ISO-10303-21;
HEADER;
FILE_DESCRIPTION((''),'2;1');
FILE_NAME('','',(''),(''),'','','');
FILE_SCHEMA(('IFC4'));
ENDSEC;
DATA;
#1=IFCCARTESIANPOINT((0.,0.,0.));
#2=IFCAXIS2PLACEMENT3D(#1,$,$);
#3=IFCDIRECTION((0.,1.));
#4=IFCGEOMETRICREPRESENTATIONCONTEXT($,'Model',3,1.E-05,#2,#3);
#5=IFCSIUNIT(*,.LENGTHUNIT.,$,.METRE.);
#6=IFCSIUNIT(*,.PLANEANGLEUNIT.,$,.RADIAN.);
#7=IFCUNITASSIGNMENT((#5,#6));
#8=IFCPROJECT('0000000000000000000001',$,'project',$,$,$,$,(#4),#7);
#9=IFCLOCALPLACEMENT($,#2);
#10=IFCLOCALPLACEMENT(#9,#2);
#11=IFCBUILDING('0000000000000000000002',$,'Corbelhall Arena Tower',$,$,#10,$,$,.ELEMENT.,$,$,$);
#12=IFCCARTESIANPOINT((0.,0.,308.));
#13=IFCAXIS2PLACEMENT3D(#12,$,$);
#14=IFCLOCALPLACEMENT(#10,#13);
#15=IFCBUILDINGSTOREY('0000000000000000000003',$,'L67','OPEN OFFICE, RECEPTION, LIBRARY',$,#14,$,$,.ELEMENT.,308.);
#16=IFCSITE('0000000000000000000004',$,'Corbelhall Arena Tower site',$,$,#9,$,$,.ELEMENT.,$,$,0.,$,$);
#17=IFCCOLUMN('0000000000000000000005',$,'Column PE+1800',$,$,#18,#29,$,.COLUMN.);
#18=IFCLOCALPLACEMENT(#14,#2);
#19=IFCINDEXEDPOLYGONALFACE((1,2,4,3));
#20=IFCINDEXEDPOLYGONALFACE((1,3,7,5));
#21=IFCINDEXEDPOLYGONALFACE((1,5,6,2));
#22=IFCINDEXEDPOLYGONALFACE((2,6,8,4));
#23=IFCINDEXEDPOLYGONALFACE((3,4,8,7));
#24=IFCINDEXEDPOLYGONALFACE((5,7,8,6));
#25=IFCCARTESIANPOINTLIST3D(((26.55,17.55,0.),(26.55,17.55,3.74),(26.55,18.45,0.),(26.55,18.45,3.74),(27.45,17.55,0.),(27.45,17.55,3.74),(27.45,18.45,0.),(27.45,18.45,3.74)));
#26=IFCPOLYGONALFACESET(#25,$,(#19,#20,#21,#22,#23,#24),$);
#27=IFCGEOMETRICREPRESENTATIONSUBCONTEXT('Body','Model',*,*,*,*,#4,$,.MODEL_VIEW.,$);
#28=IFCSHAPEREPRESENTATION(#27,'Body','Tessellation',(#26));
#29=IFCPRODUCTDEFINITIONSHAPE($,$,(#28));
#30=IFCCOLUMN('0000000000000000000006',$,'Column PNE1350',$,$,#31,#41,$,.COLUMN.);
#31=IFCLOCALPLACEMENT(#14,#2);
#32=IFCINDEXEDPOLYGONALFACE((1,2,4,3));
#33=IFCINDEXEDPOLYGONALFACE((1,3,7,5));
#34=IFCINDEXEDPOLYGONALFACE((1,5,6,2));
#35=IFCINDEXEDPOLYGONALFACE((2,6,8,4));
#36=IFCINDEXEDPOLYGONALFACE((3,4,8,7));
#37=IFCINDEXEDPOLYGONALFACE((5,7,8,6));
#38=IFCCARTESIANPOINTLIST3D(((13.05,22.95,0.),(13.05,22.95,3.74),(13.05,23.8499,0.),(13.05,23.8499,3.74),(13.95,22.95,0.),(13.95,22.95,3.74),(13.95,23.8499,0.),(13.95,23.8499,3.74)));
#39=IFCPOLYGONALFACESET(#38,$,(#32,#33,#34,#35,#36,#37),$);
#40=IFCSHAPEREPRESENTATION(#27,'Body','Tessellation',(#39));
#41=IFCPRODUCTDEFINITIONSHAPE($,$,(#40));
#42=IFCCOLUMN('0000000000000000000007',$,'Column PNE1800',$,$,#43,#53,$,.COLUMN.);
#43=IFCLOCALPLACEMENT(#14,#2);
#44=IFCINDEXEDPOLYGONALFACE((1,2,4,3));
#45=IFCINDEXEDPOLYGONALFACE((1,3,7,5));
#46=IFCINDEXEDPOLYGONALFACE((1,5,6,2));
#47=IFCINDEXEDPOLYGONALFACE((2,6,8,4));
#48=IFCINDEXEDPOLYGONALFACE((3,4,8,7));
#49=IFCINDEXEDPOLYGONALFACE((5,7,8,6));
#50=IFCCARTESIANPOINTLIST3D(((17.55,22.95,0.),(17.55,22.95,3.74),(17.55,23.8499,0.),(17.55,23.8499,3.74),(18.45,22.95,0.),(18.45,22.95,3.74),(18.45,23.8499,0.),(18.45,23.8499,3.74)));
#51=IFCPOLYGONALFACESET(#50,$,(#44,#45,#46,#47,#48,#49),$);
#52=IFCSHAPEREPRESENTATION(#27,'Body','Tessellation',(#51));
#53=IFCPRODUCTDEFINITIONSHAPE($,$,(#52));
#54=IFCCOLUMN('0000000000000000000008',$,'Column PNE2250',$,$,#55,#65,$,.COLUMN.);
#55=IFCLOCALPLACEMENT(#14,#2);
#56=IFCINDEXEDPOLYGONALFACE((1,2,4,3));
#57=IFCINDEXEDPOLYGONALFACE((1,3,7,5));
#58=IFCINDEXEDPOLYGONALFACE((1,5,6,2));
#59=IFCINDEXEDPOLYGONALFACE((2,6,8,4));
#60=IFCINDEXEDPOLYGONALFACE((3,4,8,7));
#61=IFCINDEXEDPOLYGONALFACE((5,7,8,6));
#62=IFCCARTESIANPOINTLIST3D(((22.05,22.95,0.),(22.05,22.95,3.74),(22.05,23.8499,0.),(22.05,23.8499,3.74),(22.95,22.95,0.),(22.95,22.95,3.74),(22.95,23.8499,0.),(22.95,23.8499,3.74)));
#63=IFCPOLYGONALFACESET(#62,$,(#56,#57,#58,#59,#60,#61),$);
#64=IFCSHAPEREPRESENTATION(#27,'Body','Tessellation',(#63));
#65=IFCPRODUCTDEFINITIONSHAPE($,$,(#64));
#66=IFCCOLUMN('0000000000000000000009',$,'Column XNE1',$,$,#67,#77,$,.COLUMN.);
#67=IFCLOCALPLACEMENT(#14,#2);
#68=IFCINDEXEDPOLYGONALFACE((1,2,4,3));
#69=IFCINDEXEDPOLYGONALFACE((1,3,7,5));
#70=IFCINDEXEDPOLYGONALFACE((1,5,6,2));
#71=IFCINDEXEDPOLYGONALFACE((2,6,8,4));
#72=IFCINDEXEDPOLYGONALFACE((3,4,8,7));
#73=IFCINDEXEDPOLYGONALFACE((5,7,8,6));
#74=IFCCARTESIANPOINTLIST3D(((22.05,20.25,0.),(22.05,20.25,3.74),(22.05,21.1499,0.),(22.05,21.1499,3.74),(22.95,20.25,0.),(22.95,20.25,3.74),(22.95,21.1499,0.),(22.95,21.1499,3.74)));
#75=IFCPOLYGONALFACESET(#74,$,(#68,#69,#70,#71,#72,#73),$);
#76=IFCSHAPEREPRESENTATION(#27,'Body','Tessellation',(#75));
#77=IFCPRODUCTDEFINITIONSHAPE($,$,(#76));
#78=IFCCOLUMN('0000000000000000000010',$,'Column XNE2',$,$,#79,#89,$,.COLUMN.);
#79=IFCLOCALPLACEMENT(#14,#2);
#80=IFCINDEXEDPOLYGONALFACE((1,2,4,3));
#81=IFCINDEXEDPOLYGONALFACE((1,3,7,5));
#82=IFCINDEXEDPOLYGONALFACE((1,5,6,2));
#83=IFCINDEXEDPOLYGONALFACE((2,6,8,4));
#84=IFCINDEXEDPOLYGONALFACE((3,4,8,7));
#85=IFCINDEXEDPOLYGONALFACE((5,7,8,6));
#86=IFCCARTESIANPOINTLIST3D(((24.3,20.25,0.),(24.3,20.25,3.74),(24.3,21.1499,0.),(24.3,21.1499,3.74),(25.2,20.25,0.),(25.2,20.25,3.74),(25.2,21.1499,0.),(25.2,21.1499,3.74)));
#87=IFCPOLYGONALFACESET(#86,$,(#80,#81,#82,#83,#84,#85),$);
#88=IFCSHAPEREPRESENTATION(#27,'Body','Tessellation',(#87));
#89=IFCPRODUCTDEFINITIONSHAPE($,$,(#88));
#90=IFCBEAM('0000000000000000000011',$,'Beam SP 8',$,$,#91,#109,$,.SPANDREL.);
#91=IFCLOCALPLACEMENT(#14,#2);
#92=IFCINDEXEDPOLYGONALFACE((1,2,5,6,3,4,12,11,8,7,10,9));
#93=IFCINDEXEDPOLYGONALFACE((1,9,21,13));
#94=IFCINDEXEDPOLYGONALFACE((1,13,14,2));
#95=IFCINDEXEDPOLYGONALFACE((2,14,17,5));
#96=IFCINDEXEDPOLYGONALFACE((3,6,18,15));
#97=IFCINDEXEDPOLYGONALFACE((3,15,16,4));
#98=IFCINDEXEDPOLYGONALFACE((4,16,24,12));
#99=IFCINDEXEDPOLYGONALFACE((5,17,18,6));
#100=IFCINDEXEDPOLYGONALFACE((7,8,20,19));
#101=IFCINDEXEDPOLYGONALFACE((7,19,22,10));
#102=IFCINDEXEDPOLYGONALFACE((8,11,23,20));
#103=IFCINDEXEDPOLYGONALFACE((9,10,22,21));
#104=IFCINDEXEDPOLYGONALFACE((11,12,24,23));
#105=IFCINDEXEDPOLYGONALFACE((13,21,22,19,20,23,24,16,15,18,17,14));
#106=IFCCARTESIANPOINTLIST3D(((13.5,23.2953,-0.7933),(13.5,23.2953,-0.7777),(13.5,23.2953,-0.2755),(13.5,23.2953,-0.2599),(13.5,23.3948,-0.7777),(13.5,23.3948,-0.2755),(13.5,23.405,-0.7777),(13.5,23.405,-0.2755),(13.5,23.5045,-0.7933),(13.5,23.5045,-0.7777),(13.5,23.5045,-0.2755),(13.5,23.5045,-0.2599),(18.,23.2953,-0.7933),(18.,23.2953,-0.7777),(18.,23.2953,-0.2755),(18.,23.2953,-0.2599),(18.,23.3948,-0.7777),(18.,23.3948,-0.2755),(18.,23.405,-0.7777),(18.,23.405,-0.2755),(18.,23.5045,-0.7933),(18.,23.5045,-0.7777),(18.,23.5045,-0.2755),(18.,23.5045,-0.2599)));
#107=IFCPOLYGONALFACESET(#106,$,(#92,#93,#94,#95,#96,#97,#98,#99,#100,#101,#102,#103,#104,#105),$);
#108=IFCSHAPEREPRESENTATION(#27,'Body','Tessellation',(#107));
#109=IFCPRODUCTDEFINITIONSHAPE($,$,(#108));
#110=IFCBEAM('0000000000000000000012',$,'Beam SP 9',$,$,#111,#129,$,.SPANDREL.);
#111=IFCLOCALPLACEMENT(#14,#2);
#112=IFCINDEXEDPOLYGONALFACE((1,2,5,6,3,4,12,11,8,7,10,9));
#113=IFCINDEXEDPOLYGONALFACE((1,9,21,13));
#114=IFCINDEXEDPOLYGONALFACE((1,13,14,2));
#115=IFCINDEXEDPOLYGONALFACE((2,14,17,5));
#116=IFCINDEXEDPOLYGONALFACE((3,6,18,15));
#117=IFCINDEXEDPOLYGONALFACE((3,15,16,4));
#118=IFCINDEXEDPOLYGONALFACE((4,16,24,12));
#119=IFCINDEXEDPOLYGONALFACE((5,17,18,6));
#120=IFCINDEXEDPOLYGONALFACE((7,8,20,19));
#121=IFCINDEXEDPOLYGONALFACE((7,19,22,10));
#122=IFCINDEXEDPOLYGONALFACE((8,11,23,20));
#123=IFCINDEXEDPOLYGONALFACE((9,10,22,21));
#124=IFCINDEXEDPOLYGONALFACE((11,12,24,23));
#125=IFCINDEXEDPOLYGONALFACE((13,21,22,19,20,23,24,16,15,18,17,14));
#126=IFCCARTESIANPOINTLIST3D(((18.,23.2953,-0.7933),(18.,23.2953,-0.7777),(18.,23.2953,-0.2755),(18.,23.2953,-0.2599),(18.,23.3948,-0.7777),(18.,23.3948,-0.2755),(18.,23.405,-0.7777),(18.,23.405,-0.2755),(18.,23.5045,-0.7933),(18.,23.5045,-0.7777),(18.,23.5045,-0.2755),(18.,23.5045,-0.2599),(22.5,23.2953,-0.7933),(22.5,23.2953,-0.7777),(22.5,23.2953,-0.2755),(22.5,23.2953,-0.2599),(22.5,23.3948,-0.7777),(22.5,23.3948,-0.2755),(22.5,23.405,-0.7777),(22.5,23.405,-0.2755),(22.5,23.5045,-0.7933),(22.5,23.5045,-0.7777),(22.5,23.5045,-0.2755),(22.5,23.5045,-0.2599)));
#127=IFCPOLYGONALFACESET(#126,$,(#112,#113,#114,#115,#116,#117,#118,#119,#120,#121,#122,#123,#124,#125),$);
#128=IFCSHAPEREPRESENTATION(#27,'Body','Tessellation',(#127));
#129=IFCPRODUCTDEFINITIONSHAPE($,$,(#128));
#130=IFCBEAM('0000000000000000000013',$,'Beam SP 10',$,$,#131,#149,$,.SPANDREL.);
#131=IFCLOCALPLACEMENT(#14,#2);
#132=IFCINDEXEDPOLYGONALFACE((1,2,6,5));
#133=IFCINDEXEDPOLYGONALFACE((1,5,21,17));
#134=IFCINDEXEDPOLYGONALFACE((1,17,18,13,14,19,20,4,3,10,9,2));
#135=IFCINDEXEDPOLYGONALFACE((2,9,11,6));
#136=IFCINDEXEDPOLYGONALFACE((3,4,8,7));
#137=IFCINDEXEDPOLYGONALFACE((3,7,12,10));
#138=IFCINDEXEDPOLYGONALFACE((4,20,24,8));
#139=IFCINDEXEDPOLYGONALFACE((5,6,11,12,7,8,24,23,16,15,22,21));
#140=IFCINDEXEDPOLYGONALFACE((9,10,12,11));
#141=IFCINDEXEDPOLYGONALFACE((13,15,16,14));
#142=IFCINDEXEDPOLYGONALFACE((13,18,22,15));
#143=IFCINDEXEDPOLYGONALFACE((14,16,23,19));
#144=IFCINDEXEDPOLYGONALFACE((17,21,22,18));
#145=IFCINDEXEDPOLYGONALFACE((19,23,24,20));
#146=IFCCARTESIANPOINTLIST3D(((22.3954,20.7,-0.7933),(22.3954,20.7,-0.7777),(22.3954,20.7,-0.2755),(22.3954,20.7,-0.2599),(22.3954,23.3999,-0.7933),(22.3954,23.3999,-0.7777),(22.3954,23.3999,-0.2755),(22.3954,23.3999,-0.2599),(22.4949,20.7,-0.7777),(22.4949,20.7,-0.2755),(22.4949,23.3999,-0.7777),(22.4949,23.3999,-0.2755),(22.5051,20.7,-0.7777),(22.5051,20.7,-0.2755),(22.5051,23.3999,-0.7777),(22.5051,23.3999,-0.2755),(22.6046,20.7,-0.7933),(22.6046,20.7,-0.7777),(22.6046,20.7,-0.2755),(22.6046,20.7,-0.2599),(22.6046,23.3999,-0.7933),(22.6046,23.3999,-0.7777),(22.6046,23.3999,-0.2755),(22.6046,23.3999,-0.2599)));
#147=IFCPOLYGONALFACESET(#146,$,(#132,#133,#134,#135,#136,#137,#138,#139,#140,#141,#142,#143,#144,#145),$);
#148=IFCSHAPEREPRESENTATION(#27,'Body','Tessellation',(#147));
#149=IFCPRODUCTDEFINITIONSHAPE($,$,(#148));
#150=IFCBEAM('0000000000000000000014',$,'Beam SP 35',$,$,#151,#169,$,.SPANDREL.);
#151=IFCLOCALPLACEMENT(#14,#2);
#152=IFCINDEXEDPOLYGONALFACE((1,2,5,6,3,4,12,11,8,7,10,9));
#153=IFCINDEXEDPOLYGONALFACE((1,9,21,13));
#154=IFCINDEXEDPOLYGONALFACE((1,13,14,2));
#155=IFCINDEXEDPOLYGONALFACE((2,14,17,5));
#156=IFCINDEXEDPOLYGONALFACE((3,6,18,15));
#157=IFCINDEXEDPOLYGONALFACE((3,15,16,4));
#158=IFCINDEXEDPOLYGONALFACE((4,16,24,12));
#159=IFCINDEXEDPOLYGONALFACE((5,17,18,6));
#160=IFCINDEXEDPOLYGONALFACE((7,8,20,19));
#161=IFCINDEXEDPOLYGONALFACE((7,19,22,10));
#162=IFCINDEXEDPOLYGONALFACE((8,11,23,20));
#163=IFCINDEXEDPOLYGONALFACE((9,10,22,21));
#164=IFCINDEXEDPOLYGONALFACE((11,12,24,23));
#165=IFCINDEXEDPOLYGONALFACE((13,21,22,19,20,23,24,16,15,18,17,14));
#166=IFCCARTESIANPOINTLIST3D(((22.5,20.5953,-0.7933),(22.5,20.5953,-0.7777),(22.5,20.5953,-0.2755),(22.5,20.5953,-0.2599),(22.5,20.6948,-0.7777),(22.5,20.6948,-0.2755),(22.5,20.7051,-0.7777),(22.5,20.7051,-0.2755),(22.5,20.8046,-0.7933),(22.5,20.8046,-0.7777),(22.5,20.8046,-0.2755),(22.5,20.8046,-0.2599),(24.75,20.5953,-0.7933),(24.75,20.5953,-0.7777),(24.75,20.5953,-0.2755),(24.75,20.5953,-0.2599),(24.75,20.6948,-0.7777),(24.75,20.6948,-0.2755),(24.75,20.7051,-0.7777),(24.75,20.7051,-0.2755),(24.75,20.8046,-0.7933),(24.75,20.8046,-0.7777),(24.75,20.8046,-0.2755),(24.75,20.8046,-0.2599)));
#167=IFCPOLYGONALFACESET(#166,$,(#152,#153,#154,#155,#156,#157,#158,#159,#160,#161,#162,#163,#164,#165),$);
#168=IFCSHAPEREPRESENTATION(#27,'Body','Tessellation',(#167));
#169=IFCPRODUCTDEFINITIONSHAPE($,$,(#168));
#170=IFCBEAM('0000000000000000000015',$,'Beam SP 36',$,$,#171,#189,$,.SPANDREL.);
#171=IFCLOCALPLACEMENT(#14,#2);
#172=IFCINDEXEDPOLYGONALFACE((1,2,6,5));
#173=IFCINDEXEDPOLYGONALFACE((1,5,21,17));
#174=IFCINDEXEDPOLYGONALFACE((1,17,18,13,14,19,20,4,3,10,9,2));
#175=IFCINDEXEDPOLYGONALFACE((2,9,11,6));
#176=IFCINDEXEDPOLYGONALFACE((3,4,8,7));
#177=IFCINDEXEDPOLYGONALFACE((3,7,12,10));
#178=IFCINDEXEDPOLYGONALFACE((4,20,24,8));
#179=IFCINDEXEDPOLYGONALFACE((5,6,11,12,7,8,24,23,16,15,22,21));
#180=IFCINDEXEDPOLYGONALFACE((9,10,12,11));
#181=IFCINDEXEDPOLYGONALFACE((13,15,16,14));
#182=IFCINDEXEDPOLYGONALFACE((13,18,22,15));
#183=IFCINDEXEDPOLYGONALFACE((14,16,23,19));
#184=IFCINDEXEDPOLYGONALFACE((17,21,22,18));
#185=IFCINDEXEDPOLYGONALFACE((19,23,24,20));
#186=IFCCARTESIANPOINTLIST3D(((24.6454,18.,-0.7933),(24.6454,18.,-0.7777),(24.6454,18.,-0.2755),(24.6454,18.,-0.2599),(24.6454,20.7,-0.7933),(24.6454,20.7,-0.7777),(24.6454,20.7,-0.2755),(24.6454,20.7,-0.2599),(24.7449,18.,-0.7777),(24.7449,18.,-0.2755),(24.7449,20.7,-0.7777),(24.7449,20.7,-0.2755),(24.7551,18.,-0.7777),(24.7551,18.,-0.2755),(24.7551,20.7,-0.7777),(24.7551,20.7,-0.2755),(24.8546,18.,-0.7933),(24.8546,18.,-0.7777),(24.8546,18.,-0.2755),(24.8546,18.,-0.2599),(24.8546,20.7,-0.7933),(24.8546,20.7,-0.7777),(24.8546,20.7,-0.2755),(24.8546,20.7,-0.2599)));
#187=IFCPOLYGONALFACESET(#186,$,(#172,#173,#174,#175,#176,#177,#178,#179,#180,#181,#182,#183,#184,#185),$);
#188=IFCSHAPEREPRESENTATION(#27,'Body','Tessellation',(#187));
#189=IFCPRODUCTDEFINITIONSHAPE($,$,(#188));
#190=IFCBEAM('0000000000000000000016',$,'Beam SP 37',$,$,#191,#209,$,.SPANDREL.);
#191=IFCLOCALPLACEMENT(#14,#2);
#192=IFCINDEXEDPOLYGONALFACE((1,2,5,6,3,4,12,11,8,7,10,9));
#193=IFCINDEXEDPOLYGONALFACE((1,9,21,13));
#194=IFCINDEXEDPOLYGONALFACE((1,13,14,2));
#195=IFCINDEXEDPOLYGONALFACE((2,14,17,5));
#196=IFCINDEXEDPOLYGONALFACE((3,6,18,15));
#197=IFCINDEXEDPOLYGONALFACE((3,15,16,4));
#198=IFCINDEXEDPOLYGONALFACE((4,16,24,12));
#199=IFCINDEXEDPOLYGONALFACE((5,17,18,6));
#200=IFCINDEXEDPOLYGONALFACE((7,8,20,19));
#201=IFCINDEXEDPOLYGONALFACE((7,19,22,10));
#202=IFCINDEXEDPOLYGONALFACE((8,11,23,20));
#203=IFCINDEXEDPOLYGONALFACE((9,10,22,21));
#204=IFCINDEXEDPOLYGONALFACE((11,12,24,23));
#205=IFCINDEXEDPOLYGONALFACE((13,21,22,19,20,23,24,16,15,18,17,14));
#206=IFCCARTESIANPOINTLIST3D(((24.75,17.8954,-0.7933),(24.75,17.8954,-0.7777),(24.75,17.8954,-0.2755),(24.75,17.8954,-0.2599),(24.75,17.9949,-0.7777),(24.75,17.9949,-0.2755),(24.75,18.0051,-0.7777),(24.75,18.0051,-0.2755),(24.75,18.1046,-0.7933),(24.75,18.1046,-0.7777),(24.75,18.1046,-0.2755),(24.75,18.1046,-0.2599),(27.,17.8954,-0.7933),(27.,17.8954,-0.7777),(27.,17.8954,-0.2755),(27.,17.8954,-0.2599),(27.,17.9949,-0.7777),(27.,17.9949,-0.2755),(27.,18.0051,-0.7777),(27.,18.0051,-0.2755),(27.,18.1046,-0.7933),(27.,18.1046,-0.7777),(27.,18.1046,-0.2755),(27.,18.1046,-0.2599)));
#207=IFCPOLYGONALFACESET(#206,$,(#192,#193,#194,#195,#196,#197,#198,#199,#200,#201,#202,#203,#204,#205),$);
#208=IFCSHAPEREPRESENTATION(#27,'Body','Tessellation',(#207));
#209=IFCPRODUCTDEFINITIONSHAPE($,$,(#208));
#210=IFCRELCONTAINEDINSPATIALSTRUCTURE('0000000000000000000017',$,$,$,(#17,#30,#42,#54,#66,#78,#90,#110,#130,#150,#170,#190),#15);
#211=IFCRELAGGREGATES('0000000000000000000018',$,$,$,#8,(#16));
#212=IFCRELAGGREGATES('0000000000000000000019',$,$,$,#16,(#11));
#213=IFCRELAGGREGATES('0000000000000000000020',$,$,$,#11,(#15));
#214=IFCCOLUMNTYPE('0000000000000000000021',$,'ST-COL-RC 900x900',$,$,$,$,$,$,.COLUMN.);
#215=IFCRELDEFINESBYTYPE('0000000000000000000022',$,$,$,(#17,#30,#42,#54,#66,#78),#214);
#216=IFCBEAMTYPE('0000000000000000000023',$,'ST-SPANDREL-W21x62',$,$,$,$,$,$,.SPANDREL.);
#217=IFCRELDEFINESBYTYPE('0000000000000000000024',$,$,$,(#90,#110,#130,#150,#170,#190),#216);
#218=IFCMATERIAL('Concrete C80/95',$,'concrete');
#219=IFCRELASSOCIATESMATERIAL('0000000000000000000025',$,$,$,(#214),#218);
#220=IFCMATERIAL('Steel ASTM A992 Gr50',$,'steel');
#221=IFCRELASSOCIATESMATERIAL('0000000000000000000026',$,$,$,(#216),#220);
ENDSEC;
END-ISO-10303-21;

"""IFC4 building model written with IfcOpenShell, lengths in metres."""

from ifc_helpers import new_model, si_unit, direction, frame, origin, origin_2d, place, context, subcontext, project, spatial, rectangle, i_section, extrude, material, material_profile, profile_set, type_object, element, save


model = new_model("IFC4")

# Units and contexts
model_context = context("Model", 3, precision=1e-05, world=origin(), true_north=direction((0.0, 1.0)))
body_context = subcontext(model_context, "Body", "Model", "MODEL_VIEW")
ifc_project = project(units=[si_unit("LENGTHUNIT", "METRE"), si_unit("PLANEANGLEUNIT", "RADIAN")], contexts=[model_context])

# Site, building, storey
site_placement = place(None, origin())
site = spatial("IfcSite", under=ifc_project, at=site_placement, Name="Corbelhall Arena Tower site", CompositionType="ELEMENT", RefElevation=0.0)
building_placement = place(site_placement, origin())
building = spatial("IfcBuilding", under=site, at=building_placement, Name="Corbelhall Arena Tower", CompositionType="ELEMENT")
storey_placement = place(building_placement, frame((0.0, 0.0, 308.0)))
storey = spatial("IfcBuildingStorey", under=building, at=storey_placement, Name="L67", Description="OPEN OFFICE, RECEPTION, LIBRARY", CompositionType="ELEMENT", Elevation=308.0)

# Columns
ifc_material_1 = material(Name="Concrete C80/95", Category="concrete")
ifc_material_profile_1 = material_profile(ifc_material_1, rectangle(XDim=0.8999, YDim=0.8999, at=origin_2d()))
ifc_profile_set_1 = profile_set([ifc_material_profile_1], Name="Concrete C80/95")
column_type = type_object("IfcColumnType", Name="ST-COL-RC 900x900", PredefinedType="COLUMN", material=ifc_profile_set_1)
for number, where, z_axis, x_axis, name in (
    (1, (27.0, 18.0, 0.0), (0.0, 0.0, 1.0), (0.0, 1.0, 0.0), "Column PE+1800"),
    (2, (13.5, 23.3999, 0.0), (0.0, 0.0, 1.0), (1.0, 0.0, 0.0), "Column PNE1350"),
    (3, (18.0, 23.3999, 0.0), (0.0, 0.0, 1.0), (1.0, 0.0, 0.0), "Column PNE1800"),
    (4, (22.5, 23.3999, 0.0), (0.0, 0.0, 1.0), (1.0, 0.0, 0.0), "Column PNE2250"),
    (5, (22.5, 20.7, 0.0), (0.0, 0.0, 1.0), (1.0, 0.0, 0.0), "Column XNE1"),
    (6, (24.75, 20.7, 0.0), (0.0, 0.0, 1.0), (1.0, 0.0, 0.0), "Column XNE2"),
):
    element("IfcColumn", number, at=place(storey_placement, frame(where, z_axis=z_axis, x_axis=x_axis)), inside=storey, type_object=column_type, Name=name, PredefinedType="COLUMN", context=body_context, shape_type="SweptSolid", body=[
        extrude(rectangle(XDim=0.8999, YDim=0.8999, at=origin_2d()), origin(), (0.0, 0.0, 1.0), 3.74),
    ])

# Beams
ifc_material_2 = material(Name="Steel ASTM A992 Gr50", Category="steel")
ifc_material_profile_2 = material_profile(ifc_material_2, i_section(OverallWidth=0.2092, OverallDepth=0.5334, WebThickness=0.0103, FlangeThickness=0.0156, at=origin_2d()))
ifc_profile_set_2 = profile_set([ifc_material_profile_2], Name="Steel ASTM A992 Gr50")
beam_type_1 = type_object("IfcBeamType", Name="ST-SPANDREL-W21x62", PredefinedType="SPANDREL", material=ifc_profile_set_2)
for number, where, z_axis, x_axis, name in (
    (7, (13.5, 23.3999, -0.5266), (1.0, 0.0, 0.0), (0.0, 1.0, 0.0), "Beam SP 8"),
    (8, (18.0, 23.3999, -0.5266), (1.0, 0.0, 0.0), (0.0, 1.0, 0.0), "Beam SP 9"),
):
    element("IfcBeam", number, at=place(storey_placement, frame(where, z_axis=z_axis, x_axis=x_axis)), inside=storey, type_object=beam_type_1, Name=name, PredefinedType="SPANDREL", context=body_context, shape_type="SweptSolid", body=[
        extrude(i_section(OverallWidth=0.2092, OverallDepth=0.5334, WebThickness=0.0103, FlangeThickness=0.0156, at=origin_2d()), origin(), (0.0, 0.0, 1.0), 4.5),
    ])
beam_1_placement = place(storey_placement, frame((22.5, 23.3999, -0.5266), z_axis=(0.0, -1.0, 0.0), x_axis=(1.0, 0.0, 0.0)))
element("IfcBeam", 9, at=beam_1_placement, inside=storey, type_object=beam_type_1, Name="Beam SP 10", PredefinedType="SPANDREL", context=body_context, shape_type="SweptSolid", body=[
    extrude(i_section(OverallWidth=0.2092, OverallDepth=0.5334, WebThickness=0.0103, FlangeThickness=0.0156, at=origin_2d()), origin(), (0.0, 0.0, 1.0), 2.7),
])
beam_2_placement = place(storey_placement, frame((22.5, 20.7, -0.5266), z_axis=(1.0, 0.0, 0.0), x_axis=(0.0, 1.0, 0.0)))
element("IfcBeam", 10, at=beam_2_placement, inside=storey, type_object=beam_type_1, Name="Beam SP 35", PredefinedType="SPANDREL", context=body_context, shape_type="SweptSolid", body=[
    extrude(i_section(OverallWidth=0.2092, OverallDepth=0.5334, WebThickness=0.0103, FlangeThickness=0.0156, at=origin_2d()), origin(), (0.0, 0.0, 1.0), 2.25),
])
beam_3_placement = place(storey_placement, frame((24.75, 20.7, -0.5266), z_axis=(0.0, -1.0, 0.0), x_axis=(1.0, 0.0, 0.0)))
element("IfcBeam", 11, at=beam_3_placement, inside=storey, type_object=beam_type_1, Name="Beam SP 36", PredefinedType="SPANDREL", context=body_context, shape_type="SweptSolid", body=[
    extrude(i_section(OverallWidth=0.2092, OverallDepth=0.5334, WebThickness=0.0103, FlangeThickness=0.0156, at=origin_2d()), origin(), (0.0, 0.0, 1.0), 2.7),
])
beam_4_placement = place(storey_placement, frame((24.75, 18.0, -0.5266), z_axis=(1.0, 0.0, 0.0), x_axis=(0.0, 1.0, 0.0)))
element("IfcBeam", 12, at=beam_4_placement, inside=storey, type_object=beam_type_1, Name="Beam SP 37", PredefinedType="SPANDREL", context=body_context, shape_type="SweptSolid", body=[
    extrude(i_section(OverallWidth=0.2092, OverallDepth=0.5334, WebThickness=0.0103, FlangeThickness=0.0156, at=origin_2d()), origin(), (0.0, 0.0, 1.0), 2.25),
])

save(model, "model.ifc")
